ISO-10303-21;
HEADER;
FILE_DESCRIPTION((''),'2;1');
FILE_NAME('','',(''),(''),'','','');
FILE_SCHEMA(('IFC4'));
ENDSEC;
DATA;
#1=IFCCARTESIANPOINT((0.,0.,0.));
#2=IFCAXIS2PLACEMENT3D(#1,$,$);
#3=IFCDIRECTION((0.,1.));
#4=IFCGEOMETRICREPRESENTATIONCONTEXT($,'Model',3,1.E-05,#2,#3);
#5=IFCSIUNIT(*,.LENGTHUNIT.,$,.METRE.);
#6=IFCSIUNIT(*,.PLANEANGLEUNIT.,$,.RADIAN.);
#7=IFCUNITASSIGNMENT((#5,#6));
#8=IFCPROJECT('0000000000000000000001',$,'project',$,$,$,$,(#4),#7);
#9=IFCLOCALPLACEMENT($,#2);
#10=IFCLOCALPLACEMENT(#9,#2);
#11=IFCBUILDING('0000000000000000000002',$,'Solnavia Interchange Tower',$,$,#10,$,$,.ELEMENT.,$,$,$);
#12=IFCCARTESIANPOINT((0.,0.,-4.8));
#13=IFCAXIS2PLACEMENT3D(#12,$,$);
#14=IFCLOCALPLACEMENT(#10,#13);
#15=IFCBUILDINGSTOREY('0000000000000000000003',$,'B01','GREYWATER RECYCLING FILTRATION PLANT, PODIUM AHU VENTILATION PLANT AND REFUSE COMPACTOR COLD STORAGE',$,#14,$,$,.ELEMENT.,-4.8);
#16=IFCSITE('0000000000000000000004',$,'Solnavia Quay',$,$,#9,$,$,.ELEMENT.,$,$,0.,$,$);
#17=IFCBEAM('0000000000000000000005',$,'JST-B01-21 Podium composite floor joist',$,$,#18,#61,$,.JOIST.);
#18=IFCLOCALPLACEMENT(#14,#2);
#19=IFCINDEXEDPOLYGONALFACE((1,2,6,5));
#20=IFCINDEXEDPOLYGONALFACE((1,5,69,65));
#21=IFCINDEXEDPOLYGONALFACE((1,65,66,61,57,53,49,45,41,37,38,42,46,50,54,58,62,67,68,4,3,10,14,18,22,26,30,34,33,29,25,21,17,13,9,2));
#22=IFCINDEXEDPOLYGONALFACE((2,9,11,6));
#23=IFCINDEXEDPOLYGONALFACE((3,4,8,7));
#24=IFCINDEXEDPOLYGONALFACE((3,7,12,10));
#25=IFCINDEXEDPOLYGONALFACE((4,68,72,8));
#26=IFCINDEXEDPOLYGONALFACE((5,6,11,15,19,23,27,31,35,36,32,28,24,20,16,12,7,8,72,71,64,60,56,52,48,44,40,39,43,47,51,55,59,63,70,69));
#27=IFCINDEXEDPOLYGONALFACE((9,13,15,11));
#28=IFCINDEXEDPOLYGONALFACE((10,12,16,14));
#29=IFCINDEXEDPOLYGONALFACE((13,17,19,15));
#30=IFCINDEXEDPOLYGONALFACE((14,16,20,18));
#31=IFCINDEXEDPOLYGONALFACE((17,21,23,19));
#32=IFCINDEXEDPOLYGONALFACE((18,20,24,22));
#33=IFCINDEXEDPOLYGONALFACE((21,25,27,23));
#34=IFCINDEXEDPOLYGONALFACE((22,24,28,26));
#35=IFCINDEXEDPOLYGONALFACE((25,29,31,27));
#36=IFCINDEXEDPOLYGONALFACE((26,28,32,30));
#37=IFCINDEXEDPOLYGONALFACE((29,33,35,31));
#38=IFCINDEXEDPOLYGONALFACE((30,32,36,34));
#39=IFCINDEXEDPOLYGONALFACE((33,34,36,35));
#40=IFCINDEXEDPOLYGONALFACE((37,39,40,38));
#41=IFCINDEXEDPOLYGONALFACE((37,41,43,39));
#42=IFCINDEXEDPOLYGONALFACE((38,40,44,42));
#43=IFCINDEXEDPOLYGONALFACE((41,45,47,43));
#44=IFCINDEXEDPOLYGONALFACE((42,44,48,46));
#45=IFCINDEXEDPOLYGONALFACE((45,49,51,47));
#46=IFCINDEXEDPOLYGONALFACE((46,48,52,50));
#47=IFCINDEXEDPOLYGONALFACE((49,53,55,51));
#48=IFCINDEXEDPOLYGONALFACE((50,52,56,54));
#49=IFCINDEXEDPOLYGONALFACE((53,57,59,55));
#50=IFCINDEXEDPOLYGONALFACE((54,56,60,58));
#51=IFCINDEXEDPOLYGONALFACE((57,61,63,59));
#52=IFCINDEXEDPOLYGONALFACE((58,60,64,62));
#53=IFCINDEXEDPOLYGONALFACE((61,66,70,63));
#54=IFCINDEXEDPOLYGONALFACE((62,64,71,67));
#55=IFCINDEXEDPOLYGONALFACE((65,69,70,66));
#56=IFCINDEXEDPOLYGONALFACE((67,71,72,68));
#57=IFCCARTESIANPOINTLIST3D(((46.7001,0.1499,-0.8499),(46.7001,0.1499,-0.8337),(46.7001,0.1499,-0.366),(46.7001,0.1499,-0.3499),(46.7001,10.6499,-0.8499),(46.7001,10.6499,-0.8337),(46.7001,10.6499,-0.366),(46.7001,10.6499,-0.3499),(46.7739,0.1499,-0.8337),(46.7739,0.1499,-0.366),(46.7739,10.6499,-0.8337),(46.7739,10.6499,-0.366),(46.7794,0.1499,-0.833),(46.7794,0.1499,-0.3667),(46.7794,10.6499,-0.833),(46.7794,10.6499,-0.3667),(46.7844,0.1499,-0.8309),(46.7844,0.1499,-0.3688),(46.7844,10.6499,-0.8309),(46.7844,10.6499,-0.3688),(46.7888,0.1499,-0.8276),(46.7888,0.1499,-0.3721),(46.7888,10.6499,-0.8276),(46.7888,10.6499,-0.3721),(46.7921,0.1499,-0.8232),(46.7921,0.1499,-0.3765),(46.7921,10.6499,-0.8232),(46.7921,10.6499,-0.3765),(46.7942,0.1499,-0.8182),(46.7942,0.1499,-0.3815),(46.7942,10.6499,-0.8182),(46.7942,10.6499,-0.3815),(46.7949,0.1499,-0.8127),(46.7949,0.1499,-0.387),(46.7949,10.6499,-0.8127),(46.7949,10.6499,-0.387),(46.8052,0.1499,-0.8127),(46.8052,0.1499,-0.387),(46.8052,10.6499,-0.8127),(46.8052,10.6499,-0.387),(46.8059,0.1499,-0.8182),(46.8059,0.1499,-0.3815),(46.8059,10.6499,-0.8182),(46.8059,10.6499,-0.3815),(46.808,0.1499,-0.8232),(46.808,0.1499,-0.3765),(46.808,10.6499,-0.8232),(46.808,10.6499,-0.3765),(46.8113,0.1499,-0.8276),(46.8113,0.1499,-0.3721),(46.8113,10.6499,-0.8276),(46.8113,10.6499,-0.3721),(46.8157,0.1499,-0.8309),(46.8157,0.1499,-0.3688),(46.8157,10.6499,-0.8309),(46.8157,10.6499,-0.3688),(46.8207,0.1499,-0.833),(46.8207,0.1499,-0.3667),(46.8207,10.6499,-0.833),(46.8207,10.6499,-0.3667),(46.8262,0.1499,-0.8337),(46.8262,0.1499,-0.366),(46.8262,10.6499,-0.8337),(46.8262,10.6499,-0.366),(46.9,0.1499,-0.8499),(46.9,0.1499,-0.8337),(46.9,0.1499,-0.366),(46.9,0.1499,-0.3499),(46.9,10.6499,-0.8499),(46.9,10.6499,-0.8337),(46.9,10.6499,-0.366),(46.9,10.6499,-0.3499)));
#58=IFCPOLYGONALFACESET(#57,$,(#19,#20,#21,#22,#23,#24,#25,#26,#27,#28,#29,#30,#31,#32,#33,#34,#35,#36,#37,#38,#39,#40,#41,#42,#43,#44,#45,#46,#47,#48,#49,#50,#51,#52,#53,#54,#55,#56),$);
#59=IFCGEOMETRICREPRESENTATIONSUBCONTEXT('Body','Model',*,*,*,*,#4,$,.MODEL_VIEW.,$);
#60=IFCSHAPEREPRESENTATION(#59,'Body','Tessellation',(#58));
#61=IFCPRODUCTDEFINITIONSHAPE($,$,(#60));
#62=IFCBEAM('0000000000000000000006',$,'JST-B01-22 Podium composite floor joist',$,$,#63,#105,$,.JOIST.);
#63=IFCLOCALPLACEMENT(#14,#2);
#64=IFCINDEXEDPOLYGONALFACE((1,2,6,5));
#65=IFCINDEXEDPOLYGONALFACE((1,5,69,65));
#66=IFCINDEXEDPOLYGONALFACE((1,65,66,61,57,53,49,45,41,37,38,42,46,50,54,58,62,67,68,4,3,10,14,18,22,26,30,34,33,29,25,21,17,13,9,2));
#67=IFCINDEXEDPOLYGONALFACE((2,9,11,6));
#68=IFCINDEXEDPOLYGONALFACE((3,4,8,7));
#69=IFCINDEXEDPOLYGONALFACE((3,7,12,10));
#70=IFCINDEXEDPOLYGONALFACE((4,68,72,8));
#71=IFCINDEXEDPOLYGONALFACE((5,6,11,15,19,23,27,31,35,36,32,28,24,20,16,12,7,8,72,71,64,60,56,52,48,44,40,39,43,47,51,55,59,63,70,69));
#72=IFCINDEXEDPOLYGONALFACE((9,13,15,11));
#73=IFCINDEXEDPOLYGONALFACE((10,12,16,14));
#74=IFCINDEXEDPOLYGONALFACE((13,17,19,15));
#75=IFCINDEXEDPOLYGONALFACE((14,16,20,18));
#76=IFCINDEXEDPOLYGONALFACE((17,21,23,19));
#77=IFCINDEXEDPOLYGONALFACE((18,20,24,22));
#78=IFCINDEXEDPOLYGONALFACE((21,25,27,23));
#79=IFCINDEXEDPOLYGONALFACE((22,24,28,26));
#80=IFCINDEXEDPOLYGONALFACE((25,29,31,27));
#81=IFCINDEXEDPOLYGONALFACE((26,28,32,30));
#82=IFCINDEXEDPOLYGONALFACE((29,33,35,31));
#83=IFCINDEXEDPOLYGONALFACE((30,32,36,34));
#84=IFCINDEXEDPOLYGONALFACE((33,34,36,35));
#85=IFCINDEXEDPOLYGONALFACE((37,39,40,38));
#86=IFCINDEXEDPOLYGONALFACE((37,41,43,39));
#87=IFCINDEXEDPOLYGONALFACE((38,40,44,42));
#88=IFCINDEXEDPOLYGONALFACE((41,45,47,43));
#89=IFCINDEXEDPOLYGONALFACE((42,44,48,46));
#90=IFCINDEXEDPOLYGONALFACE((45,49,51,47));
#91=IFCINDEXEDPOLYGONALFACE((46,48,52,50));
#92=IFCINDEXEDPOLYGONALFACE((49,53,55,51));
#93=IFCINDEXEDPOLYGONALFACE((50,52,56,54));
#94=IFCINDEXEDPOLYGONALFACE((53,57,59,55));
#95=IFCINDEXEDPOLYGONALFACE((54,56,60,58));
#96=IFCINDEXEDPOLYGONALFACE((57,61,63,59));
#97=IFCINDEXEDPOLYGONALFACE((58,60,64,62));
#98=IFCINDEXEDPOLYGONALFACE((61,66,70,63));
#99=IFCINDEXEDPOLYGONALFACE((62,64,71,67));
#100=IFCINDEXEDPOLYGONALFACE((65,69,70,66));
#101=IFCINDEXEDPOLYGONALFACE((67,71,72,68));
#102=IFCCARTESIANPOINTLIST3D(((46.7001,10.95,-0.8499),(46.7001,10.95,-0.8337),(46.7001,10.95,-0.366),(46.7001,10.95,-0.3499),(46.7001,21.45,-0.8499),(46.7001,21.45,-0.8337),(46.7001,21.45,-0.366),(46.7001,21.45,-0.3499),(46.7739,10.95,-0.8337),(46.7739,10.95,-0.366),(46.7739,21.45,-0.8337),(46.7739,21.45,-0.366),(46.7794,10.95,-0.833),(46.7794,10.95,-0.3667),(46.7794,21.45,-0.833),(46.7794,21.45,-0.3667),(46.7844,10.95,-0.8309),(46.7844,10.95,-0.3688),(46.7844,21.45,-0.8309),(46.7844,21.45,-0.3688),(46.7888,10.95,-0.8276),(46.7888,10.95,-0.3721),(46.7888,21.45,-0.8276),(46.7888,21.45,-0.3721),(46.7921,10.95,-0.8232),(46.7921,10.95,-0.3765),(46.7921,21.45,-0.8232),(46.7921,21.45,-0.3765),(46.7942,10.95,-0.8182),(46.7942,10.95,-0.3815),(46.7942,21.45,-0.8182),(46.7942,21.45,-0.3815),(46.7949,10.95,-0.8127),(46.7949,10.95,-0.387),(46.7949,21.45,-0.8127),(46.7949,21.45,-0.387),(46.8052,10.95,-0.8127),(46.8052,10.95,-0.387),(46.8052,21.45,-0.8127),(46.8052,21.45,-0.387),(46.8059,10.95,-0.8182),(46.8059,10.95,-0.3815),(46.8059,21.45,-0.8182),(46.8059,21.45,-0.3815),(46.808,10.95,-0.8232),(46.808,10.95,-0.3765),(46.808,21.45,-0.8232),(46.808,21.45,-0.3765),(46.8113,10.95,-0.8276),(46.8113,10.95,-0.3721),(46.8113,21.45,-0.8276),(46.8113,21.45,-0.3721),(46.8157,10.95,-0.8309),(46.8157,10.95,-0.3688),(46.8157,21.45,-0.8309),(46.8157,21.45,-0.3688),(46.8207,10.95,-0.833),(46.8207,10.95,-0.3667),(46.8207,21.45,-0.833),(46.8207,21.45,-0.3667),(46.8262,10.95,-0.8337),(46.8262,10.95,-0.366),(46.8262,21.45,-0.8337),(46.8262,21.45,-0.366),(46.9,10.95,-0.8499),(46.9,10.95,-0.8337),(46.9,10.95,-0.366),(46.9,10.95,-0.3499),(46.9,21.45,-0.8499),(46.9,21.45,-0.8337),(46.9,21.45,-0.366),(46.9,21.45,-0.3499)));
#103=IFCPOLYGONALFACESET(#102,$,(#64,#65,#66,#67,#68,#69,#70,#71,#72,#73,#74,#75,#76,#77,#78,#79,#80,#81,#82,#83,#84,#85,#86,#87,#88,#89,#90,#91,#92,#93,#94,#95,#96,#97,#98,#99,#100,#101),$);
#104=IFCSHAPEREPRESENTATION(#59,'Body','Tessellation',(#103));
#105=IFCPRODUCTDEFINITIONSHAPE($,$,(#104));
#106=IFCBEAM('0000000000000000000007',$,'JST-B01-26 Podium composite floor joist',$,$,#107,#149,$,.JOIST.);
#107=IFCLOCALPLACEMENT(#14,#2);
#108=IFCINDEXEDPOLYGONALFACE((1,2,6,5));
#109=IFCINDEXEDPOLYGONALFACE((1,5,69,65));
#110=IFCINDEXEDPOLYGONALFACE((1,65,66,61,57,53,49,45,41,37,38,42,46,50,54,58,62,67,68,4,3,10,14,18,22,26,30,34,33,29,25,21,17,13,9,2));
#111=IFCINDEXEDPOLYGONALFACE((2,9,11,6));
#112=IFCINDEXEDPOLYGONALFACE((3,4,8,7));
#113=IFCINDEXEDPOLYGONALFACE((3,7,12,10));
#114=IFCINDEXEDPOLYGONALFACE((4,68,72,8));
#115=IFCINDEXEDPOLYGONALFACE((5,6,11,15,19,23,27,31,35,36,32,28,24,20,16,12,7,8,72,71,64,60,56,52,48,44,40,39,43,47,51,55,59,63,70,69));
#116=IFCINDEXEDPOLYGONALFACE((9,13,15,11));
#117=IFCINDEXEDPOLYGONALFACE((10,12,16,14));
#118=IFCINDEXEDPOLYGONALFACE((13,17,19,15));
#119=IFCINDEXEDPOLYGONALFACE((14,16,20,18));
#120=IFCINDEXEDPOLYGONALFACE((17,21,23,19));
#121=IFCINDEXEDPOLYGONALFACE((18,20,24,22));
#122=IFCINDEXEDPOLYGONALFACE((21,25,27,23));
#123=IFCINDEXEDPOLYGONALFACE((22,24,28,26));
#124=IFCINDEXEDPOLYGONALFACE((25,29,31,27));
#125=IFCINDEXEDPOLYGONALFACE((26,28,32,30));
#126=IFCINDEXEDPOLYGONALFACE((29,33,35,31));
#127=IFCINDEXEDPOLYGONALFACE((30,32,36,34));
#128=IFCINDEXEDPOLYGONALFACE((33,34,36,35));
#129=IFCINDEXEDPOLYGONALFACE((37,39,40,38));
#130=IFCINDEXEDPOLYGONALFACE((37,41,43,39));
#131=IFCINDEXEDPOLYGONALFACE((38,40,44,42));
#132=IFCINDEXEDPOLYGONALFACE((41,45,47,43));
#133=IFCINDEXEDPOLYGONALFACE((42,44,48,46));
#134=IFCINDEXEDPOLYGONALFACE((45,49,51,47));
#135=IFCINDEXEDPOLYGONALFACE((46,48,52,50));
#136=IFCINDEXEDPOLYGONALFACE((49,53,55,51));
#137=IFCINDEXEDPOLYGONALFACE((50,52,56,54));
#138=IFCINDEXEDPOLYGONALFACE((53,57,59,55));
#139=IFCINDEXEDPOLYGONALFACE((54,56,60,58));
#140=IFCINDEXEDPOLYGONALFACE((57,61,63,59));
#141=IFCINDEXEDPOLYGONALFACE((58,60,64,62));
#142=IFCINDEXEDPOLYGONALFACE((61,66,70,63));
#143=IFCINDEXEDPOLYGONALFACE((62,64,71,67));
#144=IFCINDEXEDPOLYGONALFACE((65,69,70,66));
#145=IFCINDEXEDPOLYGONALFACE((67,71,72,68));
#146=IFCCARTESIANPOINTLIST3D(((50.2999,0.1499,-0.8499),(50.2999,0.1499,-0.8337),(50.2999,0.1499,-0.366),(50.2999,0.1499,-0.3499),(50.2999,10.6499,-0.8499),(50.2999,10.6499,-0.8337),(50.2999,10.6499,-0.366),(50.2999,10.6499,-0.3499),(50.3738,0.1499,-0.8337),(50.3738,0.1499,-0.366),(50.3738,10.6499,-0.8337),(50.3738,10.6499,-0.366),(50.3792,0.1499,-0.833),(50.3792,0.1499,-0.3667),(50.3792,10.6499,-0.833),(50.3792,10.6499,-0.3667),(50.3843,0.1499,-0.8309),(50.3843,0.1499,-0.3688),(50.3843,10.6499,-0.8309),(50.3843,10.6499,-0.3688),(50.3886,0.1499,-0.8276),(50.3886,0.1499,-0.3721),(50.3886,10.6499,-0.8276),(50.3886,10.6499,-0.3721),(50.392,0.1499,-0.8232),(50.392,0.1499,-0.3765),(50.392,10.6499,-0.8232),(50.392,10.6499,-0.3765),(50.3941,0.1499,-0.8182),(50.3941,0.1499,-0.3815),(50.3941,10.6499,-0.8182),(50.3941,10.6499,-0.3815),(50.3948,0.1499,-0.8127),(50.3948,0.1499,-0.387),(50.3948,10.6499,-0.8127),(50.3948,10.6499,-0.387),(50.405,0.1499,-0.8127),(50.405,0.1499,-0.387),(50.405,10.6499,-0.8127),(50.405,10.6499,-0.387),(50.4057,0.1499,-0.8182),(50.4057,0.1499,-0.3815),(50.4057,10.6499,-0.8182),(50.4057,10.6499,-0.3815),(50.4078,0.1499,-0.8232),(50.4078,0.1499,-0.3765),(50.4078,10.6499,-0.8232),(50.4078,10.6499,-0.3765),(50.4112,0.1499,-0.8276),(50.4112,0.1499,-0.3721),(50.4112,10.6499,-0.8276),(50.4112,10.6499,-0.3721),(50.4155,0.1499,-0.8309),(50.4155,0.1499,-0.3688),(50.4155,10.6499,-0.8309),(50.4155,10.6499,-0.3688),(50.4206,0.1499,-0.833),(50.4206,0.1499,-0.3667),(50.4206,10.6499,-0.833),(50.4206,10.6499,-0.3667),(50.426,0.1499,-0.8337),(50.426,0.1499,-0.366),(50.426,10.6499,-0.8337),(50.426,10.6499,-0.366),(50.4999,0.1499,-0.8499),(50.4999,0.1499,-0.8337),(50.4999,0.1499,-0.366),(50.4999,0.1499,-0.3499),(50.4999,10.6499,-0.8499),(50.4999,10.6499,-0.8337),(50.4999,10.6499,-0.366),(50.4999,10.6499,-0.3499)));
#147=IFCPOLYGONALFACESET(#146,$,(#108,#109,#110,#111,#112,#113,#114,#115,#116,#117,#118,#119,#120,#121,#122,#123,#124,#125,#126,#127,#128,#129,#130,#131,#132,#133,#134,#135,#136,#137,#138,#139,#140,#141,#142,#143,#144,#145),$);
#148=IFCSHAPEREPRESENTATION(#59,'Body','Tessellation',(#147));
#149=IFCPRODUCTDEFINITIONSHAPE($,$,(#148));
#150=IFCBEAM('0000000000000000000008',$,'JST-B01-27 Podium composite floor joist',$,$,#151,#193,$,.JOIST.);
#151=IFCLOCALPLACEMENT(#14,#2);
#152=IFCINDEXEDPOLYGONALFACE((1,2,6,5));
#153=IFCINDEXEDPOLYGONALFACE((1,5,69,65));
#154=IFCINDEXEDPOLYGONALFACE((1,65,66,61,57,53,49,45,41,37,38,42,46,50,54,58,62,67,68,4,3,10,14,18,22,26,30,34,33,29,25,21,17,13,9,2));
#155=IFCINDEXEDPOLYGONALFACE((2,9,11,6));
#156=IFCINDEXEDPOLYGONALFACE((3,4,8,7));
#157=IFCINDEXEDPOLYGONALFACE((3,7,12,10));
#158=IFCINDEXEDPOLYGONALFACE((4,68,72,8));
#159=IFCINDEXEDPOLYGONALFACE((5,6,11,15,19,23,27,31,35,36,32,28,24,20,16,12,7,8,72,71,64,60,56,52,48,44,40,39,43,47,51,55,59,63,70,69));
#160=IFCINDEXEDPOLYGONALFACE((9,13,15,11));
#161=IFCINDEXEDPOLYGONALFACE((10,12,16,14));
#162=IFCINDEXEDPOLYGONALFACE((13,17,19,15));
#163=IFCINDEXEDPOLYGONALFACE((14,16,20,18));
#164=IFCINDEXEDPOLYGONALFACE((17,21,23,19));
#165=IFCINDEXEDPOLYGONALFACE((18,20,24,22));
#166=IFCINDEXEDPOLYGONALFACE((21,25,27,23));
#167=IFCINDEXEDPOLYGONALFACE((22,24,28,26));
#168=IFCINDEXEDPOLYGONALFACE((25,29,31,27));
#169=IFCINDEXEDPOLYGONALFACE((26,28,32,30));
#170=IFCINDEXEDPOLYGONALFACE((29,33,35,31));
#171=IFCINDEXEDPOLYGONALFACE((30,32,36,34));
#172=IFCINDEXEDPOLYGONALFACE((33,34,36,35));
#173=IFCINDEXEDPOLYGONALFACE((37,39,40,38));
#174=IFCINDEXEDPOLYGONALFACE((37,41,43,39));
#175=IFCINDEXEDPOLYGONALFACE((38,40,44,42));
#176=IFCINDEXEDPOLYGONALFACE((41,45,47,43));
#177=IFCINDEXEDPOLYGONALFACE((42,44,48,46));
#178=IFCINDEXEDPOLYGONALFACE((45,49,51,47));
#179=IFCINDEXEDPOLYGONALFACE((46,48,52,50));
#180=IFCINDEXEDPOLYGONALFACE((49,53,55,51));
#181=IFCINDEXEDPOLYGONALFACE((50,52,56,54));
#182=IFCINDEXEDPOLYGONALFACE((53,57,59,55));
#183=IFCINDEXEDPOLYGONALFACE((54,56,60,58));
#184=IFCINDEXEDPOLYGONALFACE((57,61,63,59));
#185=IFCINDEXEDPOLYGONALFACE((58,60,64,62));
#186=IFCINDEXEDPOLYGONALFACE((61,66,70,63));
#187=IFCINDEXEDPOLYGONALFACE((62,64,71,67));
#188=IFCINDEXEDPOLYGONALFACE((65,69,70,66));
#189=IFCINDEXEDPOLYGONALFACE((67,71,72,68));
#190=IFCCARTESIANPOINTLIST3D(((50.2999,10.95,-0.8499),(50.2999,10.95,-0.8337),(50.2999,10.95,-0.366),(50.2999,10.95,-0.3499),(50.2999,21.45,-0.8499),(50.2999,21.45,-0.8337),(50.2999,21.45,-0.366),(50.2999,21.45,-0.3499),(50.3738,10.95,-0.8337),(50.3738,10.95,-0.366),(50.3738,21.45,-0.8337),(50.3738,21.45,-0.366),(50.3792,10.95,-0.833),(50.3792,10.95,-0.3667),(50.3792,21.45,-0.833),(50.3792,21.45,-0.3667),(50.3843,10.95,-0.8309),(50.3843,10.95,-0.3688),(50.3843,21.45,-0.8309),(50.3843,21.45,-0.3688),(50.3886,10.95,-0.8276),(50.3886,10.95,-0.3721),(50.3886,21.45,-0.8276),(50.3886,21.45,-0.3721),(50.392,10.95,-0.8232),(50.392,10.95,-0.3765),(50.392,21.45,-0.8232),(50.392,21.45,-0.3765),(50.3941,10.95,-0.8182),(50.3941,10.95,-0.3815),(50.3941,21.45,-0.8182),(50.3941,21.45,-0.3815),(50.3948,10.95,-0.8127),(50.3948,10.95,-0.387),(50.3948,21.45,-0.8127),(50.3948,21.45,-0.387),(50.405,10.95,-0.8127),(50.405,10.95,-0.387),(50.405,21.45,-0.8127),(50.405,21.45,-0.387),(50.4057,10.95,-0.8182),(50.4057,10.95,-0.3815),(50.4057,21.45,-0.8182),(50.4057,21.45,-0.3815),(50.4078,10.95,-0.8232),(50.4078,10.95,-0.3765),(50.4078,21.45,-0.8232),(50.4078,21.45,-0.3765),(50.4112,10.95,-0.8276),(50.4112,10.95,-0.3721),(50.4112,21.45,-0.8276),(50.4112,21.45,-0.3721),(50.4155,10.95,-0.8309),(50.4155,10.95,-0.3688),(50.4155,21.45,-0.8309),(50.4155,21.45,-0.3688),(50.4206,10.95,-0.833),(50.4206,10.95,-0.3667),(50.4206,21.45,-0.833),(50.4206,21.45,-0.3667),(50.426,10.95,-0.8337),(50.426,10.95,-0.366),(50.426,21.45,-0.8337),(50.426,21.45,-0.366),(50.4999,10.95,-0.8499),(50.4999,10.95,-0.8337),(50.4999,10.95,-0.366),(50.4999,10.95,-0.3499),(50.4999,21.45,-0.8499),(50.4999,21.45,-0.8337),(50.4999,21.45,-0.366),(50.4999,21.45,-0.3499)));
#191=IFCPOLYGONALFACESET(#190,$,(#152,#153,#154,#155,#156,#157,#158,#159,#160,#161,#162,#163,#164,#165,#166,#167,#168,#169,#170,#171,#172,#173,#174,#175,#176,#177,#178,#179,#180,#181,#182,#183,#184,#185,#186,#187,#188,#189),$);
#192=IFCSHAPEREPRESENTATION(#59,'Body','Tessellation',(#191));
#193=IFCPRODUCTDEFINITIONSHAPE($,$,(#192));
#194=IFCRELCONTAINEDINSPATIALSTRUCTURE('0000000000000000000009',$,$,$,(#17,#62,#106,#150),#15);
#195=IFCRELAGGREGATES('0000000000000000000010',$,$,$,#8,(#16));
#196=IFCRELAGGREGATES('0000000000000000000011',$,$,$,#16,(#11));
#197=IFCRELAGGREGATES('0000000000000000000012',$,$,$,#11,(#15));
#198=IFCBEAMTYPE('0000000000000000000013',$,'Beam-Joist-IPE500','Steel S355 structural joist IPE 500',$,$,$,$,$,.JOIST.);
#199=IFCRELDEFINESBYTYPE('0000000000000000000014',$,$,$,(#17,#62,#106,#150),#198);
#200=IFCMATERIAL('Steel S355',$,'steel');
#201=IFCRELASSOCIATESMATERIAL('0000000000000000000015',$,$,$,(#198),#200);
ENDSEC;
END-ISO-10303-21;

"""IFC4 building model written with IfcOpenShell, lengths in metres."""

from ifc_helpers import new_model, si_unit, direction, frame, origin, origin_2d, place, context, subcontext, project, spatial, i_section, extrude, material, material_profile, profile_set, type_object, element, save


model = new_model("IFC4")

# Units and contexts
model_context = context("Model", 3, precision=1e-05, world=origin(), true_north=direction((0.0, 1.0)))
body_context = subcontext(model_context, "Body", "Model", "MODEL_VIEW")
ifc_project = project(units=[si_unit("LENGTHUNIT", "METRE"), si_unit("PLANEANGLEUNIT", "RADIAN")], contexts=[model_context])

# Site, building, storey
site_placement = place(None, origin())
site = spatial("IfcSite", under=ifc_project, at=site_placement, Name="Solnavia Quay", CompositionType="ELEMENT", RefElevation=0.0)
building_placement = place(site_placement, origin())
building = spatial("IfcBuilding", under=site, at=building_placement, Name="Solnavia Interchange Tower", CompositionType="ELEMENT")
storey_placement = place(building_placement, frame((0.0, 0.0, -4.8)))
storey = spatial("IfcBuildingStorey", under=building, at=storey_placement, Name="B01", Description="GREYWATER RECYCLING FILTRATION PLANT, PODIUM AHU VENTILATION PLANT AND REFUSE COMPACTOR COLD STORAGE", CompositionType="ELEMENT", Elevation=-4.8)

# Beams
ifc_material_1 = material(Name="Steel S355", Category="steel")
ifc_material_profile_1 = material_profile(ifc_material_1, i_section(OverallWidth=0.2, OverallDepth=0.5, WebThickness=0.0103, FlangeThickness=0.0161, FilletRadius=0.021, at=origin_2d()), Name="IPE 500")
ifc_profile_set_1 = profile_set([ifc_material_profile_1], Name="Steel S355")
beam_type_1 = type_object("IfcBeamType", Name="Beam-Joist-IPE500", Description="Steel S355 structural joist IPE 500", PredefinedType="JOIST", material=ifc_profile_set_1)
for number, where, z_axis, x_axis, name in (
    (1, (46.8, 0.1499, -0.5999), (0.0, 1.0, 0.0), (-1.0, 0.0, 0.0), "JST-B01-21 Podium composite floor joist"),
    (2, (46.8, 10.95, -0.5999), (0.0, 1.0, 0.0), (-1.0, 0.0, 0.0), "JST-B01-22 Podium composite floor joist"),
    (3, (50.3999, 0.1499, -0.5999), (0.0, 1.0, 0.0), (-1.0, 0.0, 0.0), "JST-B01-26 Podium composite floor joist"),
    (4, (50.3999, 10.95, -0.5999), (0.0, 1.0, 0.0), (-1.0, 0.0, 0.0), "JST-B01-27 Podium composite floor joist"),
):
    element("IfcBeam", number, at=place(storey_placement, frame(where, z_axis=z_axis, x_axis=x_axis)), inside=storey, type_object=beam_type_1, Name=name, PredefinedType="JOIST", context=body_context, shape_type="SweptSolid", body=[
        extrude(i_section(OverallWidth=0.2, OverallDepth=0.5, WebThickness=0.0103, FlangeThickness=0.0161, FilletRadius=0.021, at=origin_2d()), origin(), (0.0, 0.0, 1.0), 10.5),
    ])

save(model, "model.ifc")
